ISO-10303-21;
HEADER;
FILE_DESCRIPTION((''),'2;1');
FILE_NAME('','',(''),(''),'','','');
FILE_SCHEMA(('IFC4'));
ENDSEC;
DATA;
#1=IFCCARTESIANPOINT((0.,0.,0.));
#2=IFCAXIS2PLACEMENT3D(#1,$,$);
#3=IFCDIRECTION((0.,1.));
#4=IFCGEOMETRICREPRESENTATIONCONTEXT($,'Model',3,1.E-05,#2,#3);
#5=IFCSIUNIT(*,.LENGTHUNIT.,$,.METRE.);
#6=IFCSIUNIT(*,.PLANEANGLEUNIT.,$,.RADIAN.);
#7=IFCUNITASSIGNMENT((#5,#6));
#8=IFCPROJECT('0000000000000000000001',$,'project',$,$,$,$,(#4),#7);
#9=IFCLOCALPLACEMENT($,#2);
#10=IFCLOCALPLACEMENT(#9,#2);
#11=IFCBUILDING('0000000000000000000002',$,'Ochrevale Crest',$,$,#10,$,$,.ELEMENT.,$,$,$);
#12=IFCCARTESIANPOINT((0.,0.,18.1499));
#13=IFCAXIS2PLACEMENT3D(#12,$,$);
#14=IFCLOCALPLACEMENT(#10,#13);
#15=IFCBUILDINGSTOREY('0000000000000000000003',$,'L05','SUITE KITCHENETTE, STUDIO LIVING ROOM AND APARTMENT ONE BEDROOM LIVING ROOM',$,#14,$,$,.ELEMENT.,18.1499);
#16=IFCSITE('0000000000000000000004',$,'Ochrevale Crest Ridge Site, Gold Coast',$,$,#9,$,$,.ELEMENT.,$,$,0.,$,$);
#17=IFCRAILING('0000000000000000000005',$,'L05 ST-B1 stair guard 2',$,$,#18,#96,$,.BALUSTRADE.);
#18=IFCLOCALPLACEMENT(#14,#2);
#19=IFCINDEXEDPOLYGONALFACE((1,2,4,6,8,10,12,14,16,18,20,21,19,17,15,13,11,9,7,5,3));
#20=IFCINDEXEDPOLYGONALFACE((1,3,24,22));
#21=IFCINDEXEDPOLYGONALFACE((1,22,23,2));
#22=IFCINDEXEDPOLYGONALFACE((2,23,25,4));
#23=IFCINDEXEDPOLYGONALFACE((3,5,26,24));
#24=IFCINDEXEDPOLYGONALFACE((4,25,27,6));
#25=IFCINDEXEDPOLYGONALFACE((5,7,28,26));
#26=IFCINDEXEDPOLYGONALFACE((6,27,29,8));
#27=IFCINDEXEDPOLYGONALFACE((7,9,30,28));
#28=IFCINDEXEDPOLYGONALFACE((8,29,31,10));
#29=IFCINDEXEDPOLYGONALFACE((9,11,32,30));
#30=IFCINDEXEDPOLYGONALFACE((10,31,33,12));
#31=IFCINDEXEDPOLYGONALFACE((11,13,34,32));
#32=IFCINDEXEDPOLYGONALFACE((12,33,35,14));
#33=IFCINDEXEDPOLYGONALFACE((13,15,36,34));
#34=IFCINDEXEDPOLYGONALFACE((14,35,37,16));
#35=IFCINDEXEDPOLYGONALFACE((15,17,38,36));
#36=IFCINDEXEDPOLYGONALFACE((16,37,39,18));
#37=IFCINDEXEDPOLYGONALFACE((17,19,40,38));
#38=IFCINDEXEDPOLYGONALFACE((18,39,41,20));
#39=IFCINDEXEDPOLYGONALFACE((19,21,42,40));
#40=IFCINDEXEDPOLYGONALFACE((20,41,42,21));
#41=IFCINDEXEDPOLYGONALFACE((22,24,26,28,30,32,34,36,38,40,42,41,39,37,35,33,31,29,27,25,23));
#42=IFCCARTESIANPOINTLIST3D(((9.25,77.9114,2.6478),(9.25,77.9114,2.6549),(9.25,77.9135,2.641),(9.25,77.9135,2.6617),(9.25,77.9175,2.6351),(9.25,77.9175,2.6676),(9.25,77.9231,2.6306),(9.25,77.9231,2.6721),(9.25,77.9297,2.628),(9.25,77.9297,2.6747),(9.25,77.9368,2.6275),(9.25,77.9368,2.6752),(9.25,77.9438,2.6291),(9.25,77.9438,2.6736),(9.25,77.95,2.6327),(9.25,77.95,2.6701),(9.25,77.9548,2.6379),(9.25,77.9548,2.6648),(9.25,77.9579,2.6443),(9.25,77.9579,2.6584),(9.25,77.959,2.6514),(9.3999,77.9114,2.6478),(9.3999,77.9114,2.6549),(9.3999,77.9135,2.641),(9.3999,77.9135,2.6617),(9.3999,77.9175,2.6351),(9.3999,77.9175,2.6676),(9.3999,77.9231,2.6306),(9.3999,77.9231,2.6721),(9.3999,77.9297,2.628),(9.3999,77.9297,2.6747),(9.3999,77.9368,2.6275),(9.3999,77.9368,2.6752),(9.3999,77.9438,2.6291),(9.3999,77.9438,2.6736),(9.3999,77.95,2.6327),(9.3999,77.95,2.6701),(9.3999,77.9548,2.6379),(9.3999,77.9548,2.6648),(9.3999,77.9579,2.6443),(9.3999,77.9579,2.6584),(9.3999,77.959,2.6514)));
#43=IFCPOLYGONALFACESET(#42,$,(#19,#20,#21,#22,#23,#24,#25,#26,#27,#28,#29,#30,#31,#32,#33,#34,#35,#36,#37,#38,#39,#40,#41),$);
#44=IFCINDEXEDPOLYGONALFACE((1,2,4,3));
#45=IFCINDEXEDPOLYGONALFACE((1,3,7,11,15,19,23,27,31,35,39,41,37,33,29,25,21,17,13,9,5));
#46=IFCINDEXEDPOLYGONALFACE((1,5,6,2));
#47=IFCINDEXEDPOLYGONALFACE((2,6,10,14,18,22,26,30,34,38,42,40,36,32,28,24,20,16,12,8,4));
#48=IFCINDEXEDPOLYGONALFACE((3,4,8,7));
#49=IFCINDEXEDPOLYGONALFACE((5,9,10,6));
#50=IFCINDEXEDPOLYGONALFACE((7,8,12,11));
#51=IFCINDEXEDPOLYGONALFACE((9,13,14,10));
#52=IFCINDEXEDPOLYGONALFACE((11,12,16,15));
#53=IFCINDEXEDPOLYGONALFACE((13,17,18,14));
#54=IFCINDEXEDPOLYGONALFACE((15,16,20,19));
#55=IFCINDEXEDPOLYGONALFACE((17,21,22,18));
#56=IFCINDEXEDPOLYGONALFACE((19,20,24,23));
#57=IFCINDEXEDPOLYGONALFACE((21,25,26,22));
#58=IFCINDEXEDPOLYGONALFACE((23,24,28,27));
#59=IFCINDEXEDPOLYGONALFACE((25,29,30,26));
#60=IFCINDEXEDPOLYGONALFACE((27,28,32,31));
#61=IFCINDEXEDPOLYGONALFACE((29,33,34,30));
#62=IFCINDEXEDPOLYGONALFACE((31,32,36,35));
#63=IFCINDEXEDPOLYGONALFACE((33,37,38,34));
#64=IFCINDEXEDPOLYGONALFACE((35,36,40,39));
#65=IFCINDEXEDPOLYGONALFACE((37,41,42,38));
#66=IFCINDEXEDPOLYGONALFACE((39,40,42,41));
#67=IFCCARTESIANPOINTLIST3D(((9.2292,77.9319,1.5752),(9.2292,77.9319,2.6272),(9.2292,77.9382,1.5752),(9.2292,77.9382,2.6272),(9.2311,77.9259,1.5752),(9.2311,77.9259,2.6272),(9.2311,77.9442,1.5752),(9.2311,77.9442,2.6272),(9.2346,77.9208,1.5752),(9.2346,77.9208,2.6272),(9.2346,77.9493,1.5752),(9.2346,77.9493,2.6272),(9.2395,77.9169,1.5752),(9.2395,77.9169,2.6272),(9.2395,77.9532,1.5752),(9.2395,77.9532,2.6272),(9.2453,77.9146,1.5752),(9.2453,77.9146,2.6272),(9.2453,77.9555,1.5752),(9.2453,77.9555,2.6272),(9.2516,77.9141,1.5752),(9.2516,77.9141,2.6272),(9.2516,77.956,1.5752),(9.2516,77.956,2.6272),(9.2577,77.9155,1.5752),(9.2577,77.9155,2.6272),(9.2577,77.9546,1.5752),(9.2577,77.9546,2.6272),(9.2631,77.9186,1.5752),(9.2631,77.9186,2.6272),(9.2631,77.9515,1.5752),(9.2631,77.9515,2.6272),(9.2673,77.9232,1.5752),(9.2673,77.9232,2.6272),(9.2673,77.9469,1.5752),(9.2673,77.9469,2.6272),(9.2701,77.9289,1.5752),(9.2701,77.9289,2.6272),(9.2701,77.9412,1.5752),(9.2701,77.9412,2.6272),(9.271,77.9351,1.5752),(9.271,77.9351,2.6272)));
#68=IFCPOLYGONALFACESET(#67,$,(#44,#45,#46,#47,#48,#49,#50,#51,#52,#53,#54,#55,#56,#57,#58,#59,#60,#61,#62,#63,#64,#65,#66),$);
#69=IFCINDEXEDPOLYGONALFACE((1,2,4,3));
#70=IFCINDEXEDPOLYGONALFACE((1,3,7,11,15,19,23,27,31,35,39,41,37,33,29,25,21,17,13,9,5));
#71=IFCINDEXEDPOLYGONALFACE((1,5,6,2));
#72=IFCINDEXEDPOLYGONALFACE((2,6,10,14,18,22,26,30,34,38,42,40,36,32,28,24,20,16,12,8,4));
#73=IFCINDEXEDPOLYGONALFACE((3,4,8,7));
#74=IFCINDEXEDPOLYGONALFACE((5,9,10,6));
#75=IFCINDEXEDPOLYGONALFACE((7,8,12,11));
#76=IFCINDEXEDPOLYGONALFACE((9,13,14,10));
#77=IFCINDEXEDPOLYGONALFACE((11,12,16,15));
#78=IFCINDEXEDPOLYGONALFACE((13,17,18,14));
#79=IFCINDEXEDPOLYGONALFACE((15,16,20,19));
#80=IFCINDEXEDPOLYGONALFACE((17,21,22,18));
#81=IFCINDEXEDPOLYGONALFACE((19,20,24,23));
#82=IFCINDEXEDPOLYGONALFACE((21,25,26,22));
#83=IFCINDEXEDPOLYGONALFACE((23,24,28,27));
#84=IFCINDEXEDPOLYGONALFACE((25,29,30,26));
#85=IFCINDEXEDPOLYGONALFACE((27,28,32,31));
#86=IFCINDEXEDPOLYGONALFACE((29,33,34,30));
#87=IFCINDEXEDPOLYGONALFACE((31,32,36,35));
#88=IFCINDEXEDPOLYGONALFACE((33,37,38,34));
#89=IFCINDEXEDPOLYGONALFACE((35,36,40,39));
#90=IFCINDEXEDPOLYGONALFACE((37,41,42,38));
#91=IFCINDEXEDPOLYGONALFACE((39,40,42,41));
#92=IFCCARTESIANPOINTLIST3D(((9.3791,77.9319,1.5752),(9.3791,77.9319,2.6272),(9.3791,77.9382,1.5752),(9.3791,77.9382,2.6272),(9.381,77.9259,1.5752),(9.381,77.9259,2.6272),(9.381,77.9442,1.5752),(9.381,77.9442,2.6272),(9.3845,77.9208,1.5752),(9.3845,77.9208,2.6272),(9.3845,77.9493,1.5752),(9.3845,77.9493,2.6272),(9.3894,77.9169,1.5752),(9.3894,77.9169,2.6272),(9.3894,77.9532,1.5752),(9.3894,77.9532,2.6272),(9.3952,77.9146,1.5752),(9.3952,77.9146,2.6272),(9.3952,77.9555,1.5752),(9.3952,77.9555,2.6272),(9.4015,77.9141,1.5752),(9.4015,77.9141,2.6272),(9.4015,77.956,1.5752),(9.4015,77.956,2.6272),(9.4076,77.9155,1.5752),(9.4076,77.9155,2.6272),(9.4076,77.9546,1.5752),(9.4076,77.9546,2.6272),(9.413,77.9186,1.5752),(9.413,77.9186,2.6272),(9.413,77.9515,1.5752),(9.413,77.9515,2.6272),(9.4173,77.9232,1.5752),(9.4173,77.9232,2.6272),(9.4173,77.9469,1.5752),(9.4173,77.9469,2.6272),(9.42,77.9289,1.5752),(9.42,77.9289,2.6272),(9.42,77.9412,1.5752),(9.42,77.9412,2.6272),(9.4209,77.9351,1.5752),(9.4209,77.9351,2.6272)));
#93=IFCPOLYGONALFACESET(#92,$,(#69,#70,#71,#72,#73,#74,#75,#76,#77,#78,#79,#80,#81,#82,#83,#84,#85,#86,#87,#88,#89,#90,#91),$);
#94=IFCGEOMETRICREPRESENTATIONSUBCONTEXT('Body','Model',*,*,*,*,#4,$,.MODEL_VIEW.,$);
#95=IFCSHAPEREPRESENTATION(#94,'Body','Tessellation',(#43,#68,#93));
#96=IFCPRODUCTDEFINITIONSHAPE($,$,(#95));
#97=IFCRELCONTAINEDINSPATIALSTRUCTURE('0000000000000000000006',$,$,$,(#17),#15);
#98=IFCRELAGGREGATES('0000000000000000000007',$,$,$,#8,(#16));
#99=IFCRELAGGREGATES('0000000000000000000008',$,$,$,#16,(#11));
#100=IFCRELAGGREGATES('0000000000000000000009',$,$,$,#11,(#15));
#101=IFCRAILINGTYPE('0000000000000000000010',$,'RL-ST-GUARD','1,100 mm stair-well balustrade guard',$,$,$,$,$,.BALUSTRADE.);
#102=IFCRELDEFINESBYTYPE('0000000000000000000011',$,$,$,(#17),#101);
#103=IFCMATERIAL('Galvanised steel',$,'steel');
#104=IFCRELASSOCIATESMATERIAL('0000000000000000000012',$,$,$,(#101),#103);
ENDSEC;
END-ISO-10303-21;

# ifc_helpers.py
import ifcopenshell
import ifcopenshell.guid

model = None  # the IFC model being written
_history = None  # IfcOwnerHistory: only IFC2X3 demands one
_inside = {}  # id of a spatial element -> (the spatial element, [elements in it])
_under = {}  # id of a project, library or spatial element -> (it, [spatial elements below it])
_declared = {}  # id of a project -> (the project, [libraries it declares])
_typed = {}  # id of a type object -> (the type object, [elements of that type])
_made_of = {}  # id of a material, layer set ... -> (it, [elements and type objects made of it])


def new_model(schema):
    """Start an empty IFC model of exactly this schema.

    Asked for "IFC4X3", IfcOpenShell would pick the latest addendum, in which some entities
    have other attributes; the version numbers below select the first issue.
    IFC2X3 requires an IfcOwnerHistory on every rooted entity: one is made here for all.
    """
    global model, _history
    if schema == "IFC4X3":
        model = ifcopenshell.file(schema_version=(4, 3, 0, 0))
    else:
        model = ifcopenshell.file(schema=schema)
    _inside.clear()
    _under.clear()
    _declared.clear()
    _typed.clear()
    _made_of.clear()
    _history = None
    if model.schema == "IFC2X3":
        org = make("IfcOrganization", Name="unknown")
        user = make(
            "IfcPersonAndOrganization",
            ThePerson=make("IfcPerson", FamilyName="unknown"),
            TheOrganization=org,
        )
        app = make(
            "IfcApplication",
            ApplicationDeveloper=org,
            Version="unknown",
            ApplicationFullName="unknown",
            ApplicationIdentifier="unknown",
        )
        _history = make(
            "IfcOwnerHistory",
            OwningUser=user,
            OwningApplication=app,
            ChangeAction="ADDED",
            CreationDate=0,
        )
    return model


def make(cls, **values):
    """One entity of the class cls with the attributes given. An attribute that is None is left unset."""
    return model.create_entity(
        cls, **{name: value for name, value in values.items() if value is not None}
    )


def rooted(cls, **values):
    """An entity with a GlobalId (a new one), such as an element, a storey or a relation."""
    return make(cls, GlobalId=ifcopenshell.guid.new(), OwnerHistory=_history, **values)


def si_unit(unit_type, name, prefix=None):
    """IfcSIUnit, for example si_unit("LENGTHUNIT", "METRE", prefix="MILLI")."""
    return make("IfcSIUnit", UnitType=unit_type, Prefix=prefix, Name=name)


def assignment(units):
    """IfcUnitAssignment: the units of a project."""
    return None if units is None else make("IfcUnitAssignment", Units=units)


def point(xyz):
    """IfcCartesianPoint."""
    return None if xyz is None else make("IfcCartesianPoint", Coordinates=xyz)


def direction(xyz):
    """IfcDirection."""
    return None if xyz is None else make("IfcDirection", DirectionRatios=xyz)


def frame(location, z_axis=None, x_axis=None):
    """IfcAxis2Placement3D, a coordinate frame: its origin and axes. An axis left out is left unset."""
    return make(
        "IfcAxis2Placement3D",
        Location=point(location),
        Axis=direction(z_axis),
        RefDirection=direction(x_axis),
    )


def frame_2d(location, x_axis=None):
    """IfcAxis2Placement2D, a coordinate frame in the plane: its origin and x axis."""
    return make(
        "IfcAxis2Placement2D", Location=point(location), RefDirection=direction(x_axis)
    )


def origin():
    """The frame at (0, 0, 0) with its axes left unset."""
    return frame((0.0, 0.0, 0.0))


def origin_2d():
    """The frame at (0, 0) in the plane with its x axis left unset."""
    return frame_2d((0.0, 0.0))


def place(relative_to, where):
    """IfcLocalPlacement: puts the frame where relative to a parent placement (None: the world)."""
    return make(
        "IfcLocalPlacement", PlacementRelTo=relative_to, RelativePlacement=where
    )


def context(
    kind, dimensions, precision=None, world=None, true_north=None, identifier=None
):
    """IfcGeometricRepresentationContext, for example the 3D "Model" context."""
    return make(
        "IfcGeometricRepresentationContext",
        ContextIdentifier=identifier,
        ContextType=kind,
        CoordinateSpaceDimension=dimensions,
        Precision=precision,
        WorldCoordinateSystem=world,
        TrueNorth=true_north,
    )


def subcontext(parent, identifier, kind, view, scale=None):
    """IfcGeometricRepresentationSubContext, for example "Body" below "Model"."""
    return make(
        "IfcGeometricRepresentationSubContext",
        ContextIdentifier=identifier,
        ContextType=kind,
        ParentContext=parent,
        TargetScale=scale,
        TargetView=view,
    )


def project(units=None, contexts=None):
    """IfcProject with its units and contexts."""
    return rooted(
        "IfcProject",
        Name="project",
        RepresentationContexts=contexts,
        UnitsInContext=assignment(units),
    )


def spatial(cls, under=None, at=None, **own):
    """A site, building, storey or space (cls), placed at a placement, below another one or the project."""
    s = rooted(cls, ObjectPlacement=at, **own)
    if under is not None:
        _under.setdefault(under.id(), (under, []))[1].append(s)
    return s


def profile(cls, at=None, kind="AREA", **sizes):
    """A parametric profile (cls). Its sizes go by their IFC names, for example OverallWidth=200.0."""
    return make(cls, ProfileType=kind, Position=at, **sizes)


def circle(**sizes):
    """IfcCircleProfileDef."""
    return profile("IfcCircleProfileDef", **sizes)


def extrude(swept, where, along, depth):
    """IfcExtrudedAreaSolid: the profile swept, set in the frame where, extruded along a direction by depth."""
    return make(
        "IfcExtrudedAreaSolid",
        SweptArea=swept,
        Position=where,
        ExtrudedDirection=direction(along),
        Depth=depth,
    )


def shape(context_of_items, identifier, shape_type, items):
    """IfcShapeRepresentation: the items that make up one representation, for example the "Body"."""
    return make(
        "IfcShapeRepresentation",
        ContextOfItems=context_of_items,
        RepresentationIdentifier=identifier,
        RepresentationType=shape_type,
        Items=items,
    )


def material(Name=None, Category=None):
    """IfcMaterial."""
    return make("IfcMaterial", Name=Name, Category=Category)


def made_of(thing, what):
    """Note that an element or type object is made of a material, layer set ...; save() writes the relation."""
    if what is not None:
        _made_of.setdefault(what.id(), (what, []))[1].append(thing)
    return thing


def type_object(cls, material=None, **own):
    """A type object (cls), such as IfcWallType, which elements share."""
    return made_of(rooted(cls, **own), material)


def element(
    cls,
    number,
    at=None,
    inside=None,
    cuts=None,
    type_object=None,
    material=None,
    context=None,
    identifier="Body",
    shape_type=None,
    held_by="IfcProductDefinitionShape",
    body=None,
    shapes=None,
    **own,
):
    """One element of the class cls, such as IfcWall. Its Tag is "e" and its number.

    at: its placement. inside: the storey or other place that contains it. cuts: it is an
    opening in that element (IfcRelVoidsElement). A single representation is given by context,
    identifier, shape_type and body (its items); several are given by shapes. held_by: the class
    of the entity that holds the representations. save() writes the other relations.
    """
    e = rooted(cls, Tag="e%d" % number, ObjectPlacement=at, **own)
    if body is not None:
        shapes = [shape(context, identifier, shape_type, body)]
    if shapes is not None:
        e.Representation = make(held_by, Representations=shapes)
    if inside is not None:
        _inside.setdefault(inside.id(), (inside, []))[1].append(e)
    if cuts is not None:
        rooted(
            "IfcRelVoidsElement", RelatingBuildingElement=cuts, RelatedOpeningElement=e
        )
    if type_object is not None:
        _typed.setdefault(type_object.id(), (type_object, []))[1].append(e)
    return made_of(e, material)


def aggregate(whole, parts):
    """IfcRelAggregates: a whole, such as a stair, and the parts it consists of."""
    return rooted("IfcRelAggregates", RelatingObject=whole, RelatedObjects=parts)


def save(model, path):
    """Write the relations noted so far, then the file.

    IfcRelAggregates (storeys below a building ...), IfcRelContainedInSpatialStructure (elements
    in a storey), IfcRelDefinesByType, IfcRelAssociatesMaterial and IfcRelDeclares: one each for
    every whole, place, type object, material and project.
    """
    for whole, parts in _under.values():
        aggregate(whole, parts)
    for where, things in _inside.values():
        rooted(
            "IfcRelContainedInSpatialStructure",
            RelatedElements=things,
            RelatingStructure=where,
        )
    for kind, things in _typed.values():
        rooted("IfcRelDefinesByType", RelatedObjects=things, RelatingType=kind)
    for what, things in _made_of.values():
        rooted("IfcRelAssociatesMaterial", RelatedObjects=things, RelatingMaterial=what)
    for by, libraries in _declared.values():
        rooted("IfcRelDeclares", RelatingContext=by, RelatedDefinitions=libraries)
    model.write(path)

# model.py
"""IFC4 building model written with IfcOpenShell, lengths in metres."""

from ifc_helpers import new_model, si_unit, direction, frame, origin, origin_2d, place, context, subcontext, project, spatial, circle, extrude, material, type_object, element, save


model = new_model("IFC4")

# Units and contexts
model_context = context("Model", 3, precision=1e-05, world=origin(), true_north=direction((0.0, 1.0)))
body_context = subcontext(model_context, "Body", "Model", "MODEL_VIEW")
ifc_project = project(units=[si_unit("LENGTHUNIT", "METRE"), si_unit("PLANEANGLEUNIT", "RADIAN")], contexts=[model_context])

# Site, building, storey
site_placement = place(None, origin())
site = spatial("IfcSite", under=ifc_project, at=site_placement, Name="Ochrevale Crest Ridge Site, Gold Coast", CompositionType="ELEMENT", RefElevation=0.0)
building_placement = place(site_placement, origin())
building = spatial("IfcBuilding", under=site, at=building_placement, Name="Ochrevale Crest", CompositionType="ELEMENT")
storey_placement = place(building_placement, frame((0.0, 0.0, 18.1499)))
storey = spatial("IfcBuildingStorey", under=building, at=storey_placement, Name="L05", Description="SUITE KITCHENETTE, STUDIO LIVING ROOM AND APARTMENT ONE BEDROOM LIVING ROOM", CompositionType="ELEMENT", Elevation=18.1499)

# Railing
ifc_material_1 = material(Name="Galvanised steel", Category="steel")
railing_type_1 = type_object("IfcRailingType", Name="RL-ST-GUARD", Description="1,100 mm stair-well balustrade guard", PredefinedType="BALUSTRADE", material=ifc_material_1)
railing_1_placement = place(storey_placement, frame((9.25, 77.9351, 1.5752)))
element("IfcRailing", 1, at=railing_1_placement, inside=storey, type_object=railing_type_1, Name="L05 ST-B1 stair guard 2", PredefinedType="BALUSTRADE", context=body_context, shape_type="SweptSolid", body=[
    extrude(circle(Radius=0.0239, at=origin_2d()), frame((0.0, 0.0, 1.0762), z_axis=(1.0, 0.0, 0.0), x_axis=(0.0, 1.0, 0.0)), (0.0, 0.0, 1.0), 0.1499),
    extrude(circle(Radius=0.021, at=origin_2d()), origin(), (0.0, 0.0, 1.0), 1.052),
    extrude(circle(Radius=0.021, at=origin_2d()), frame((0.1499, 0.0, 0.0)), (0.0, 0.0, 1.0), 1.052),
])

save(model, "model.ifc")
